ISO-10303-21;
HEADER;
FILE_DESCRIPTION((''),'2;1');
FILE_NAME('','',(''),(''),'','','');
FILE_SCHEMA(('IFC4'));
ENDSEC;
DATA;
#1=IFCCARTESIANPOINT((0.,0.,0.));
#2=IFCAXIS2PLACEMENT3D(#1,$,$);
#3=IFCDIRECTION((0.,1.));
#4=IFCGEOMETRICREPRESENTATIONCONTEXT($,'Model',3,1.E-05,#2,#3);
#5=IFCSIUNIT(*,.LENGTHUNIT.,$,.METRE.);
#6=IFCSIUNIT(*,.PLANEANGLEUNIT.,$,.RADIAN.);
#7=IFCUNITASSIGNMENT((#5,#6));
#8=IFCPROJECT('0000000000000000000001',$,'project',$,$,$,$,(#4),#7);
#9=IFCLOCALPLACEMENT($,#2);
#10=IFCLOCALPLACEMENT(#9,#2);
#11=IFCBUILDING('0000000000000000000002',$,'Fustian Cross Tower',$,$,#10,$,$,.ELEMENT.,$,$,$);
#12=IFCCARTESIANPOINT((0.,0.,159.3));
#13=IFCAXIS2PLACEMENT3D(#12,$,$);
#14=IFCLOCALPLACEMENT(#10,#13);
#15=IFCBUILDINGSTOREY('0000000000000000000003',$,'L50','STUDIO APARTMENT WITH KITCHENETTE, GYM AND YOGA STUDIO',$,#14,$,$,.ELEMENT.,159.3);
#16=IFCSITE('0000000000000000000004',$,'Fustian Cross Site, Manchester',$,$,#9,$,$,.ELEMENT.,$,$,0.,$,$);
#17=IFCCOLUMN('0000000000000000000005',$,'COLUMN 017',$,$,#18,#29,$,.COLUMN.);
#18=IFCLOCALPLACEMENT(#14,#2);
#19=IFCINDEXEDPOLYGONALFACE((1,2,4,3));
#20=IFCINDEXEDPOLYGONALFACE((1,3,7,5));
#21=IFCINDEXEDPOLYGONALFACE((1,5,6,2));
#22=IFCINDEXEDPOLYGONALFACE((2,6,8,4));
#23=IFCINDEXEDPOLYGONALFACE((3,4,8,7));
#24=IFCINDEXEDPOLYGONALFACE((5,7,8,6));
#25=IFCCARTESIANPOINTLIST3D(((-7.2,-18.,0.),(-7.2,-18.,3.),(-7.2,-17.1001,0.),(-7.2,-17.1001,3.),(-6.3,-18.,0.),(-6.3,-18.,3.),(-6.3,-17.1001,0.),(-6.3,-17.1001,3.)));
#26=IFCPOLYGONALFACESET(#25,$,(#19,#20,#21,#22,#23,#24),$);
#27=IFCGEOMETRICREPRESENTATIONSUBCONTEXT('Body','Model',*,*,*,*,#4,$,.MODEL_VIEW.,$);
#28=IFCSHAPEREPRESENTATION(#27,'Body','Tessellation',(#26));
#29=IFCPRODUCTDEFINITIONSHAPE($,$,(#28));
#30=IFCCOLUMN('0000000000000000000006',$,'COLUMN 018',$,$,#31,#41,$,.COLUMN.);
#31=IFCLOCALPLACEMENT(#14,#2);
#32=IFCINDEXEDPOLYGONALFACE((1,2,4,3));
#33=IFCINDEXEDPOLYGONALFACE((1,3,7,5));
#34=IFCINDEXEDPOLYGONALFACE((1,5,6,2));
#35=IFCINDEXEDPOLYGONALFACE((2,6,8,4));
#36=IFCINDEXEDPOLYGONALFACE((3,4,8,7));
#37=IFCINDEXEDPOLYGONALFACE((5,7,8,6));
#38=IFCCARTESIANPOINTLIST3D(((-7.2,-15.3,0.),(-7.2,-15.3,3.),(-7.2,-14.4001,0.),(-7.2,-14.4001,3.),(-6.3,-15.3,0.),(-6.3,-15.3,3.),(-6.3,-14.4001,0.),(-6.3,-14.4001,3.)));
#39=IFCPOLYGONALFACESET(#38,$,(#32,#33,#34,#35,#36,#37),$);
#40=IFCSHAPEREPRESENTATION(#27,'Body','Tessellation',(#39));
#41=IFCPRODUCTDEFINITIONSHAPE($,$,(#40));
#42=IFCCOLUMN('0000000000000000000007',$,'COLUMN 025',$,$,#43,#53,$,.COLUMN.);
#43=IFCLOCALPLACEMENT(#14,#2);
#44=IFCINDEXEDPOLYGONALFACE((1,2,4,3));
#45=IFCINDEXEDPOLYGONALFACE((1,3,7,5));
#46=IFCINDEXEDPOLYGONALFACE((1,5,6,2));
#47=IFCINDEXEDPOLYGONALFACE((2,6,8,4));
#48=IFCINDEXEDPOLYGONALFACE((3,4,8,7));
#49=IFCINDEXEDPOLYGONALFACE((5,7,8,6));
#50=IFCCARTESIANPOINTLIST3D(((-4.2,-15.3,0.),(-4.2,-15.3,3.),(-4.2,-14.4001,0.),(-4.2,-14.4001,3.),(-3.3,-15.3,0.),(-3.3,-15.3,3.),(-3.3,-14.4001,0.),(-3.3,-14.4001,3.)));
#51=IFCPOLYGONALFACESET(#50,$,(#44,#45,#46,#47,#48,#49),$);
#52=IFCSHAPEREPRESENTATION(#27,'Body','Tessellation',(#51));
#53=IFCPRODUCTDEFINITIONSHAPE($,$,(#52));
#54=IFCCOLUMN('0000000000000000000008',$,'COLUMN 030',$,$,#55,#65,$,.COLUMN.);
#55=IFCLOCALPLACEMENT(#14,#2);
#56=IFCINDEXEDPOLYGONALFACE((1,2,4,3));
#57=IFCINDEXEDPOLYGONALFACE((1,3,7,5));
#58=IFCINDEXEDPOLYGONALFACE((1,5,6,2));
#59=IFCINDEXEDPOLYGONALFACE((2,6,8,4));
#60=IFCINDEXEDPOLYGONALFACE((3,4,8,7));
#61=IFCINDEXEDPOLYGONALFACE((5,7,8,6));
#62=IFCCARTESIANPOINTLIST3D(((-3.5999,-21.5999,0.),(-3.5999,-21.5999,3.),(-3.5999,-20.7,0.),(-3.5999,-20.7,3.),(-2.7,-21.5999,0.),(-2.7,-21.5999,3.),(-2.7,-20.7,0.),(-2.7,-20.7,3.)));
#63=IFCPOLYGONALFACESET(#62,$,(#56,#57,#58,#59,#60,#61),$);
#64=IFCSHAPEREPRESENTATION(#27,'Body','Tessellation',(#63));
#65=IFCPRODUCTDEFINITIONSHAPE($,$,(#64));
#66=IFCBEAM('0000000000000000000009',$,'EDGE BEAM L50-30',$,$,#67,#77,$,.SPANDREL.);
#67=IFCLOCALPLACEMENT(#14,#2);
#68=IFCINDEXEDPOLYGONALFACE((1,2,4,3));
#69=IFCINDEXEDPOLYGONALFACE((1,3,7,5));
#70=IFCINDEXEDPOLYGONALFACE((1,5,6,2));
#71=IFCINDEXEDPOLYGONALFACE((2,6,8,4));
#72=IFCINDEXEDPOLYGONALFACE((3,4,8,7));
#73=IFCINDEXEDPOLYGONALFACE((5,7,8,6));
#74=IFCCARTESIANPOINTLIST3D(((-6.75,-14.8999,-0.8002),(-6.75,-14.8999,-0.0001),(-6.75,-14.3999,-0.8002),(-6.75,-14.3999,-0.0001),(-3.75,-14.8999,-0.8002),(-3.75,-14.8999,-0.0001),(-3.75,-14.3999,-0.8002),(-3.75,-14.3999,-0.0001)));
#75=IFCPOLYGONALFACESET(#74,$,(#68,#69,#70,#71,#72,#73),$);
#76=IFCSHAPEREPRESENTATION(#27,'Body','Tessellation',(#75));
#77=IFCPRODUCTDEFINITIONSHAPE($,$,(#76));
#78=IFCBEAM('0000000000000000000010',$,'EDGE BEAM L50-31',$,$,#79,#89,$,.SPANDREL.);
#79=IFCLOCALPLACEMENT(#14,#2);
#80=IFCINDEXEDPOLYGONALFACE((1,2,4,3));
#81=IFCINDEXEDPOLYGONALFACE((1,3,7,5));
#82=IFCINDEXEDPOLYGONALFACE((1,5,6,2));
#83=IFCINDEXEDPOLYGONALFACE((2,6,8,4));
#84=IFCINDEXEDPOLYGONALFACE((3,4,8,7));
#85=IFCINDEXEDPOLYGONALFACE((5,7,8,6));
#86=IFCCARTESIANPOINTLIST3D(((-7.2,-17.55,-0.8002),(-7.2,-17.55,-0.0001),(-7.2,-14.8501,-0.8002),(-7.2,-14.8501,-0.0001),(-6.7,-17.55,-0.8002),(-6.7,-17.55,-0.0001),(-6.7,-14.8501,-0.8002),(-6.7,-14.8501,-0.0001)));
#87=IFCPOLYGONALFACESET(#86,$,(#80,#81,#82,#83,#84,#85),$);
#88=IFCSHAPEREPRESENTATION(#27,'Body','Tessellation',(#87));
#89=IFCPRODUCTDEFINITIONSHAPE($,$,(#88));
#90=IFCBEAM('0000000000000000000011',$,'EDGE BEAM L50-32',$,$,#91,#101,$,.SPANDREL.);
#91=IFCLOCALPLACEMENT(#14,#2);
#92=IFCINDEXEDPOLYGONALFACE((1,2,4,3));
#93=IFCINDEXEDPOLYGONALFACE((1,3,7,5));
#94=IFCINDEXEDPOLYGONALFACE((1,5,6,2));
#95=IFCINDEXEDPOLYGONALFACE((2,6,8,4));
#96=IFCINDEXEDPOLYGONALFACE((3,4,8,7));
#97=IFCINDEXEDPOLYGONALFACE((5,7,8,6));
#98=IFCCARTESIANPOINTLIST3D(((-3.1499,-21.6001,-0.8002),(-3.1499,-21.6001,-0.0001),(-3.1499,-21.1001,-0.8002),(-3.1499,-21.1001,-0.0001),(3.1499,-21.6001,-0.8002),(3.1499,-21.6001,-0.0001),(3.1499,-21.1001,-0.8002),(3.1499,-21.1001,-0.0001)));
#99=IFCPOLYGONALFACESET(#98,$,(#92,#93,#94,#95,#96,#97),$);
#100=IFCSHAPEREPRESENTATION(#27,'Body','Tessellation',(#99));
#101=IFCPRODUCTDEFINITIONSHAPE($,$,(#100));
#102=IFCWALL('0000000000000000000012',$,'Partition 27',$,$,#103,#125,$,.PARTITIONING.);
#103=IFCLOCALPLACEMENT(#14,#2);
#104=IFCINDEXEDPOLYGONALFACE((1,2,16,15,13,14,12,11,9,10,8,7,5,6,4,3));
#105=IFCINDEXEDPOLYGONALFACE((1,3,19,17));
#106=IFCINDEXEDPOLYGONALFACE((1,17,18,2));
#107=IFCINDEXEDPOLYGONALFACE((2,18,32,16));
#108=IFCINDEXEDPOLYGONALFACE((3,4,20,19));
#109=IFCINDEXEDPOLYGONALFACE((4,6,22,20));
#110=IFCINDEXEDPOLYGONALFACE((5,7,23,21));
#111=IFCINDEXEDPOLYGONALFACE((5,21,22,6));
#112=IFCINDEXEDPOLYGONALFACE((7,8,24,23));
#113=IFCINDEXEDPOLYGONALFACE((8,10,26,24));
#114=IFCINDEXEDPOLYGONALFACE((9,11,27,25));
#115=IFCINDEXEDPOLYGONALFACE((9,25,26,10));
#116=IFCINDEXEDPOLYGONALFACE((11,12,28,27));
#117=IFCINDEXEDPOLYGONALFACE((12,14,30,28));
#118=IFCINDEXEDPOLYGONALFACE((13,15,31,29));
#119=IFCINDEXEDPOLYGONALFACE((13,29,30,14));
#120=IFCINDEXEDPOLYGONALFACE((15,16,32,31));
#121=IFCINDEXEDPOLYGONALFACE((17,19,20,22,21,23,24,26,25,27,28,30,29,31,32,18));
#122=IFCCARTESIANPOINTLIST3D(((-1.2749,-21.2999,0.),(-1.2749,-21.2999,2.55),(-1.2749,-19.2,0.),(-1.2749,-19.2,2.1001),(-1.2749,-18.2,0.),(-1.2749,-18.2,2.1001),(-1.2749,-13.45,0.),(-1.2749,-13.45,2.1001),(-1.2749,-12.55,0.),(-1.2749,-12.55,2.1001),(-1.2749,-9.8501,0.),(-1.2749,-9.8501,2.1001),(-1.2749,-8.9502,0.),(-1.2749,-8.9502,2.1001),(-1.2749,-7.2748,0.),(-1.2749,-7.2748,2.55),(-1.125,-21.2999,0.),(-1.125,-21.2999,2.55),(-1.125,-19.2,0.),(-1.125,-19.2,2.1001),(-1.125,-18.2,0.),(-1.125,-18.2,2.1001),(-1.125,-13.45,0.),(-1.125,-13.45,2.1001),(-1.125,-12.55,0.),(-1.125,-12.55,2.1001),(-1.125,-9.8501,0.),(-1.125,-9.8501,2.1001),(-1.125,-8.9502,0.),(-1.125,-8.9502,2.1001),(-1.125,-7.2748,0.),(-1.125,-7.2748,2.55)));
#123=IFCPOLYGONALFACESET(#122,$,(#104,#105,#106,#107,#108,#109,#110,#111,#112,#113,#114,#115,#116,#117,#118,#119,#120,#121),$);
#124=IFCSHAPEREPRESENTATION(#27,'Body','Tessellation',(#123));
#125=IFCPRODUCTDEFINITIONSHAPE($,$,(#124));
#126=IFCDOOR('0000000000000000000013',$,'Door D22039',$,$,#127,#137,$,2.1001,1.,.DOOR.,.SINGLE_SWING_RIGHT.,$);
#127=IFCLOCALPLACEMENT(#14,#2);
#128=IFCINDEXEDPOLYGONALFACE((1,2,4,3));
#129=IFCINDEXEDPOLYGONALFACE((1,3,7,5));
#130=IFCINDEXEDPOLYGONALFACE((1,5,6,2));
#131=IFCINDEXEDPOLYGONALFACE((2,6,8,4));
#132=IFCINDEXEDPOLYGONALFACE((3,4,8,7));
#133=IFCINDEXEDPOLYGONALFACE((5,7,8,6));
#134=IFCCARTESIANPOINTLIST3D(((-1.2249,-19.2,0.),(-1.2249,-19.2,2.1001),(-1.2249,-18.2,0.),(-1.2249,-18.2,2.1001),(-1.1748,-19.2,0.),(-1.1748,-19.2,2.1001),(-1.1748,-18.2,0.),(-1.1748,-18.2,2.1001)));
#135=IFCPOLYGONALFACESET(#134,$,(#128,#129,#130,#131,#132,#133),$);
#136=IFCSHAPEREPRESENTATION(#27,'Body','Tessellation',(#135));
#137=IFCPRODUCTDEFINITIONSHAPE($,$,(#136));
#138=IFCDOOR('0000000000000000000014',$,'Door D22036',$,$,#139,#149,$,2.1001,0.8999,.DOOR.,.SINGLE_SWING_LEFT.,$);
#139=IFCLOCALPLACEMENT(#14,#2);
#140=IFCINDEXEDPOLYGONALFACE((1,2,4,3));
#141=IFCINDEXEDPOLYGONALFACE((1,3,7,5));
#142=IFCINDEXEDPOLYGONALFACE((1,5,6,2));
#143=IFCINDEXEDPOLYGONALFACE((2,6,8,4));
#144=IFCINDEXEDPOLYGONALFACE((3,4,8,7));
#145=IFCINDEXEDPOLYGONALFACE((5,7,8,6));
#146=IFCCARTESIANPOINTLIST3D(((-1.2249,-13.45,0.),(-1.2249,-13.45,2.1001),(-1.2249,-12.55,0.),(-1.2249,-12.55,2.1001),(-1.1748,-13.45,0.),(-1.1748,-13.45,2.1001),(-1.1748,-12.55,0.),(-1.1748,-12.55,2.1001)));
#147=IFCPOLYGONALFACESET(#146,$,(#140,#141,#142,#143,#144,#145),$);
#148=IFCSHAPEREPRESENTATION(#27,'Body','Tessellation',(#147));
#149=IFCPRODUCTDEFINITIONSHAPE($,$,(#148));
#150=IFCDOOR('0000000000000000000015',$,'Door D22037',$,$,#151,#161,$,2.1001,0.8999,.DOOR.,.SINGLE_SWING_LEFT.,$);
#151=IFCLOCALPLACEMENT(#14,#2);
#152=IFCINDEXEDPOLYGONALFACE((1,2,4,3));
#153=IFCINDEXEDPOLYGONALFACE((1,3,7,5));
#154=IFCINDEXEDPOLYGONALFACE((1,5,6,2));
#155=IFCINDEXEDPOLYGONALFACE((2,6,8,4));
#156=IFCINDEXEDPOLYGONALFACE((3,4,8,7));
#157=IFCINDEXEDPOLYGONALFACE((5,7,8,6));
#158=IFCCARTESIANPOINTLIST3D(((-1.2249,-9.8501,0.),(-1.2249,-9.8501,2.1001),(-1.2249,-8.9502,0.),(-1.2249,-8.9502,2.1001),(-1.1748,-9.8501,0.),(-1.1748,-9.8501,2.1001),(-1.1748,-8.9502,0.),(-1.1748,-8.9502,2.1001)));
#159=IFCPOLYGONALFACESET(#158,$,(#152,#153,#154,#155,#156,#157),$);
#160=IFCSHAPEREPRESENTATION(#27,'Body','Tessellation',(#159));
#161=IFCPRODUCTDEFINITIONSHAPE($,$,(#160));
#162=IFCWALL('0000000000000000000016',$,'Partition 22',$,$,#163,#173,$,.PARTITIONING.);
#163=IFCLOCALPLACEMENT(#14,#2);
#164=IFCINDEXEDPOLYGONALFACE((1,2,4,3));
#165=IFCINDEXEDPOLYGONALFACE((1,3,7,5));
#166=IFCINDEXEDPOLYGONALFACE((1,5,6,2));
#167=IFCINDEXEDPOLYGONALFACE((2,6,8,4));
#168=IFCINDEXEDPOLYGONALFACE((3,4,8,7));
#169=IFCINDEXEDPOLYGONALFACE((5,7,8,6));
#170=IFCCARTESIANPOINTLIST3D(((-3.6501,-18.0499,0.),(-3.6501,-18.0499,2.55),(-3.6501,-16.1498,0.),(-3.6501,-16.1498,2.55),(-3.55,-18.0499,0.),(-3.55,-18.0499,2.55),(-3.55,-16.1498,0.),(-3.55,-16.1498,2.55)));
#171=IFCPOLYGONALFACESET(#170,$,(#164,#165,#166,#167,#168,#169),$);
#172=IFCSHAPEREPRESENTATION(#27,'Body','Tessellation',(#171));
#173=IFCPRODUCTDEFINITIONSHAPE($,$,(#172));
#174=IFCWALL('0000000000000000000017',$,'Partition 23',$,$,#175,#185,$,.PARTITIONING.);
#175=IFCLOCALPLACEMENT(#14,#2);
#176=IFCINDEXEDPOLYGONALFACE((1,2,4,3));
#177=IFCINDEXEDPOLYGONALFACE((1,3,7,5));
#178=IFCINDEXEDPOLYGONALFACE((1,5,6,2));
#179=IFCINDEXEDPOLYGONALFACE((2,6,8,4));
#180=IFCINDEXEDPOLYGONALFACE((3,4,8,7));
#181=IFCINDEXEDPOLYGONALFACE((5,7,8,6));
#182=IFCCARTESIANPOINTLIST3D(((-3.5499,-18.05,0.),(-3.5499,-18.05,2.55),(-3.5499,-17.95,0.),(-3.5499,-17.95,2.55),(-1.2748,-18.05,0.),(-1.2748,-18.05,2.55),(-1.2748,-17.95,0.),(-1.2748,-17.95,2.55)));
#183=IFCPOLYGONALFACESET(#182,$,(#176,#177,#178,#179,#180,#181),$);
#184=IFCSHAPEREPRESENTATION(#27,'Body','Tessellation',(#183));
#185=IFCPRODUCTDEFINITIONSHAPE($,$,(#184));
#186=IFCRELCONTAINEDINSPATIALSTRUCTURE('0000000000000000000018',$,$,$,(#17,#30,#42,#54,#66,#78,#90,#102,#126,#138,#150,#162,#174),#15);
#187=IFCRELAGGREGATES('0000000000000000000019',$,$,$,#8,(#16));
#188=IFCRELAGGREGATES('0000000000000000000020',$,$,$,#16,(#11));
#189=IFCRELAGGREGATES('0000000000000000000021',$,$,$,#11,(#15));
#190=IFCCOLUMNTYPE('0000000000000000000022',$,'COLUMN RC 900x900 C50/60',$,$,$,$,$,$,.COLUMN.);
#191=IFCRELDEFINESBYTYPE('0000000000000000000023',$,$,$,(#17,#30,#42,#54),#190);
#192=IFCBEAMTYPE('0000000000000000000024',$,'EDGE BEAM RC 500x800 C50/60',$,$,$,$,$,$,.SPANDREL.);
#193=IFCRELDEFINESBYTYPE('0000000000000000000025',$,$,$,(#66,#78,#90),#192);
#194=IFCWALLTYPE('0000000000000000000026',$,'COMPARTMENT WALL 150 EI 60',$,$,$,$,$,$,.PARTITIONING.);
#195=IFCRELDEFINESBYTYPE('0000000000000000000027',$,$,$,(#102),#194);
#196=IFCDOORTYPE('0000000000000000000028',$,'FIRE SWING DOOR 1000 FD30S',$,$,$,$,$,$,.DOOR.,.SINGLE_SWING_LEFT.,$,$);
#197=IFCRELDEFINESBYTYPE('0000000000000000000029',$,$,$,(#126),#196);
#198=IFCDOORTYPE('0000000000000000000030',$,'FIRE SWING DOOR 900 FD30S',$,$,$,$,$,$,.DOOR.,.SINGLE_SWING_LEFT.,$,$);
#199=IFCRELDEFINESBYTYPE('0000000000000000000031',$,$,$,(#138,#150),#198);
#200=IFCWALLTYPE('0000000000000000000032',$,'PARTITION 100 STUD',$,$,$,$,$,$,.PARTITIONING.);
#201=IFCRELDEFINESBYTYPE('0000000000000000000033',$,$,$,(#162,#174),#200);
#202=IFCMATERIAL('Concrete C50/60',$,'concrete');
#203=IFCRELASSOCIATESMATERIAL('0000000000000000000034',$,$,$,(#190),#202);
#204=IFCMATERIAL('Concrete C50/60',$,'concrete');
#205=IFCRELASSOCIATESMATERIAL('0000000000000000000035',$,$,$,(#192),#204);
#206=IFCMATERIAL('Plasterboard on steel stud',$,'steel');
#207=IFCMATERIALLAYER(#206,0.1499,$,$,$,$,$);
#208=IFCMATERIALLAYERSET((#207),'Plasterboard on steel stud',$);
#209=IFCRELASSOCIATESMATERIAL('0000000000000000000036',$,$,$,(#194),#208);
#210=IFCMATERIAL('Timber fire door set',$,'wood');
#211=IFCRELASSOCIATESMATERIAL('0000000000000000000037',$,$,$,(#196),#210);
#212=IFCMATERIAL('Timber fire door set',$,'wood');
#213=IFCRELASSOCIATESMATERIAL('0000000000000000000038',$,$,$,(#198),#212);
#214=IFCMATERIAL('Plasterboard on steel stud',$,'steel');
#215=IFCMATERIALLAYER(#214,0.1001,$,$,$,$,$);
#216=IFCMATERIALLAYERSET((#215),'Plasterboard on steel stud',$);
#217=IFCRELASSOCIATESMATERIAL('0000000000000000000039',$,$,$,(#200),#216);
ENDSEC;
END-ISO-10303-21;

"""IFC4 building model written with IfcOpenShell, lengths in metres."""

from ifc_helpers import new_model, si_unit, direction, frame, frame_2d, origin, origin_2d, place, context, subcontext, project, spatial, rectangle, extrude, material, layer, layer_set, material_profile, profile_set, type_object, element, fill, save


model = new_model("IFC4")

# Units and contexts
model_context = context("Model", 3, precision=1e-05, world=origin(), true_north=direction((0.0, 1.0)))
body_context = subcontext(model_context, "Body", "Model", "MODEL_VIEW")
ifc_project = project(units=[si_unit("LENGTHUNIT", "METRE"), si_unit("PLANEANGLEUNIT", "RADIAN")], contexts=[model_context])

# Site, building, storey
site_placement = place(None, origin())
site = spatial("IfcSite", under=ifc_project, at=site_placement, Name="Fustian Cross Site, Manchester", CompositionType="ELEMENT", RefElevation=0.0)
building_placement = place(site_placement, origin())
building = spatial("IfcBuilding", under=site, at=building_placement, Name="Fustian Cross Tower", CompositionType="ELEMENT")
storey_placement = place(building_placement, frame((0.0, 0.0, 159.3)))
storey = spatial("IfcBuildingStorey", under=building, at=storey_placement, Name="L50", Description="STUDIO APARTMENT WITH KITCHENETTE, GYM AND YOGA STUDIO", CompositionType="ELEMENT", Elevation=159.3)

# Columns
ifc_material_1 = material(Name="Concrete C50/60", Category="concrete")
ifc_material_profile_1 = material_profile(ifc_material_1, rectangle(XDim=0.8999, YDim=0.8999, at=origin_2d()), Name="RC 900x900")
ifc_profile_set_1 = profile_set([ifc_material_profile_1], Name="Concrete C50/60")
column_type = type_object("IfcColumnType", Name="COLUMN RC 900x900 C50/60", PredefinedType="COLUMN", material=ifc_profile_set_1)
for number, where, z_axis, x_axis, name in (
    (1, (-6.75, -17.55, 0.0), (0.0, 0.0, 1.0), (1.0, 0.0, 0.0), "COLUMN 017"),
    (2, (-6.75, -14.8501, 0.0), (0.0, 0.0, 1.0), (1.0, 0.0, 0.0), "COLUMN 018"),
    (3, (-3.75, -14.8501, 0.0), (0.0, 0.0, 1.0), (1.0, 0.0, 0.0), "COLUMN 025"),
    (4, (-3.1499, -21.1499, 0.0), (0.0, 0.0, 1.0), (1.0, 0.0, 0.0), "COLUMN 030"),
):
    element("IfcColumn", number, at=place(storey_placement, frame(where, z_axis=z_axis, x_axis=x_axis)), inside=storey, type_object=column_type, Name=name, PredefinedType="COLUMN", context=body_context, shape_type="SweptSolid", body=[
        extrude(rectangle(XDim=0.8999, YDim=0.8999, at=origin_2d()), origin(), (0.0, 0.0, 1.0), 3.0),
    ])

# Beams
ifc_material_2 = material(Name="Concrete C50/60", Category="concrete")
ifc_material_profile_2 = material_profile(ifc_material_2, rectangle(XDim=0.5, YDim=0.8, at=origin_2d()), Name="RC 500x800")
ifc_profile_set_2 = profile_set([ifc_material_profile_2], Name="Concrete C50/60")
beam_type = type_object("IfcBeamType", Name="EDGE BEAM RC 500x800 C50/60", PredefinedType="SPANDREL", material=ifc_profile_set_2)
beam_1_placement = place(storey_placement, frame((-3.75, -14.6499, -0.4001), z_axis=(-1.0, 0.0, 0.0), x_axis=(0.0, -1.0, 0.0)))
element("IfcBeam", 5, at=beam_1_placement, inside=storey, type_object=beam_type, Name="EDGE BEAM L50-30", PredefinedType="SPANDREL", context=body_context, shape_type="SweptSolid", body=[
    extrude(rectangle(XDim=0.5, YDim=0.8, at=origin_2d()), origin(), (0.0, 0.0, 1.0), 3.0),
])
beam_2_placement = place(storey_placement, frame((-6.95, -14.8501, -0.4001), z_axis=(0.0, -1.0, 0.0), x_axis=(1.0, 0.0, 0.0)))
element("IfcBeam", 6, at=beam_2_placement, inside=storey, type_object=beam_type, Name="EDGE BEAM L50-31", PredefinedType="SPANDREL", context=body_context, shape_type="SweptSolid", body=[
    extrude(rectangle(XDim=0.5, YDim=0.8, at=origin_2d()), origin(), (0.0, 0.0, 1.0), 2.7),
])
beam_3_placement = place(storey_placement, frame((-3.1499, -21.3501, -0.4001), z_axis=(1.0, 0.0, 0.0), x_axis=(0.0, 1.0, 0.0)))
element("IfcBeam", 7, at=beam_3_placement, inside=storey, type_object=beam_type, Name="EDGE BEAM L50-32", PredefinedType="SPANDREL", context=body_context, shape_type="SweptSolid", body=[
    extrude(rectangle(XDim=0.5, YDim=0.8, at=origin_2d()), origin(), (0.0, 0.0, 1.0), 6.2998),
])

# Wall, openings, doors
ifc_material_3 = material(Name="Plasterboard on steel stud", Category="steel")
ifc_layer_1 = layer(ifc_material_3, 0.1499)
ifc_layer_set_1 = layer_set([ifc_layer_1], Name="Plasterboard on steel stud")
wall_type_1 = type_object("IfcWallType", Name="COMPARTMENT WALL 150 EI 60", PredefinedType="PARTITIONING", material=ifc_layer_set_1)
wall_1_placement = place(storey_placement, frame((-1.2, -21.3, 0.0), z_axis=(0.0, 0.0, 1.0), x_axis=(0.0, 1.0, 0.0)))
wall_1 = element("IfcWall", 8, at=wall_1_placement, inside=storey, type_object=wall_type_1, Name="Partition 27", PredefinedType="PARTITIONING", context=body_context, shape_type="SweptSolid", body=[
    extrude(rectangle(XDim=14.0251, YDim=0.1499, at=frame_2d((7.0127, 0.0))), origin(), (0.0, 0.0, 1.0), 2.55),
])
opening_1_placement = place(wall_1_placement, frame((7.8501, 0.0, 0.0)))
opening_1 = element("IfcOpeningElement", 9, at=opening_1_placement, cuts=wall_1, PredefinedType="OPENING", context=body_context, shape_type="SweptSolid", body=[
    extrude(rectangle(XDim=0.8999, YDim=2.1001, at=frame_2d((0.45, 1.05))), frame((0.0, 0.085, 0.0), z_axis=(0.0, -1.0, 0.0), x_axis=(1.0, 0.0, 0.0)), (0.0, 0.0, 1.0), 0.1699),
])
opening_2_placement = place(wall_1_placement, frame((11.45, 0.0, 0.0)))
opening_2 = element("IfcOpeningElement", 10, at=opening_2_placement, cuts=wall_1, PredefinedType="OPENING", context=body_context, shape_type="SweptSolid", body=[
    extrude(rectangle(XDim=0.8999, YDim=2.1001, at=frame_2d((0.45, 1.05))), frame((0.0, 0.085, 0.0), z_axis=(0.0, -1.0, 0.0), x_axis=(1.0, 0.0, 0.0)), (0.0, 0.0, 1.0), 0.1699),
])
opening_3_placement = place(wall_1_placement, frame((2.1001, 0.0, 0.0)))
opening_3 = element("IfcOpeningElement", 11, at=opening_3_placement, cuts=wall_1, PredefinedType="OPENING", context=body_context, shape_type="SweptSolid", body=[
    extrude(rectangle(XDim=1.0, YDim=2.1001, at=frame_2d((0.5, 1.05))), frame((0.0, 0.085, 0.0), z_axis=(0.0, -1.0, 0.0), x_axis=(1.0, 0.0, 0.0)), (0.0, 0.0, 1.0), 0.1699),
])
ifc_material_4 = material(Name="Timber fire door set", Category="wood")
door_type_1 = type_object("IfcDoorType", Name="FIRE SWING DOOR 1000 FD30S", OperationType="SINGLE_SWING_LEFT", PredefinedType="DOOR", material=ifc_material_4)
door_1_placement = place(opening_3_placement, origin())
door_1 = element("IfcDoor", 12, at=door_1_placement, inside=storey, type_object=door_type_1, Name="Door D22039", OperationType="SINGLE_SWING_RIGHT", OverallHeight=2.1001, OverallWidth=1.0, PredefinedType="DOOR", context=body_context, shape_type="SweptSolid", body=[
    extrude(rectangle(XDim=1.0, YDim=2.1001, at=frame_2d((0.5, 1.05))), frame((0.0, 0.0249, 0.0), z_axis=(0.0, -1.0, 0.0), x_axis=(1.0, 0.0, 0.0)), (0.0, 0.0, 1.0), 0.05),
])
fill(opening_3, door_1)
ifc_material_5 = material(Name="Timber fire door set", Category="wood")
door_type_2 = type_object("IfcDoorType", Name="FIRE SWING DOOR 900 FD30S", OperationType="SINGLE_SWING_LEFT", PredefinedType="DOOR", material=ifc_material_5)
door_2_placement = place(opening_1_placement, origin())
door_2 = element("IfcDoor", 13, at=door_2_placement, inside=storey, type_object=door_type_2, Name="Door D22036", OperationType="SINGLE_SWING_LEFT", OverallHeight=2.1001, OverallWidth=0.8999, PredefinedType="DOOR", context=body_context, shape_type="SweptSolid", body=[
    extrude(rectangle(XDim=0.8999, YDim=2.1001, at=frame_2d((0.45, 1.05))), frame((0.0, 0.0249, 0.0), z_axis=(0.0, -1.0, 0.0), x_axis=(1.0, 0.0, 0.0)), (0.0, 0.0, 1.0), 0.05),
])
fill(opening_1, door_2)
door_3_placement = place(opening_2_placement, origin())
door_3 = element("IfcDoor", 14, at=door_3_placement, inside=storey, type_object=door_type_2, Name="Door D22037", OperationType="SINGLE_SWING_LEFT", OverallHeight=2.1001, OverallWidth=0.8999, PredefinedType="DOOR", context=body_context, shape_type="SweptSolid", body=[
    extrude(rectangle(XDim=0.8999, YDim=2.1001, at=frame_2d((0.45, 1.05))), frame((0.0, 0.0249, 0.0), z_axis=(0.0, -1.0, 0.0), x_axis=(1.0, 0.0, 0.0)), (0.0, 0.0, 1.0), 0.05),
])
fill(opening_2, door_3)

# Walls
ifc_material_6 = material(Name="Plasterboard on steel stud", Category="steel")
ifc_layer_2 = layer(ifc_material_6, 0.1001)
ifc_layer_set_2 = layer_set([ifc_layer_2], Name="Plasterboard on steel stud")
wall_type_2 = type_object("IfcWallType", Name="PARTITION 100 STUD", PredefinedType="PARTITIONING", material=ifc_layer_set_2)
wall_2_placement = place(storey_placement, frame((-3.6001, -18.05, 0.0), z_axis=(0.0, 0.0, 1.0), x_axis=(0.0, 1.0, 0.0)))
element("IfcWall", 15, at=wall_2_placement, inside=storey, type_object=wall_type_2, Name="Partition 22", PredefinedType="PARTITIONING", context=body_context, shape_type="SweptSolid", body=[
    extrude(rectangle(XDim=1.9001, YDim=0.1001, at=frame_2d((0.9502, 0.0))), origin(), (0.0, 0.0, 1.0), 2.55),
])
wall_3_placement = place(storey_placement, frame((-3.55, -18.0, 0.0), z_axis=(0.0, 0.0, 1.0), x_axis=(1.0, 0.0, 0.0)))
element("IfcWall", 16, at=wall_3_placement, inside=storey, type_object=wall_type_2, Name="Partition 23", PredefinedType="PARTITIONING", context=body_context, shape_type="SweptSolid", body=[
    extrude(rectangle(XDim=2.2751, YDim=0.1001, at=frame_2d((1.1377, 0.0))), origin(), (0.0, 0.0, 1.0), 2.55),
])

save(model, "model.ifc")
